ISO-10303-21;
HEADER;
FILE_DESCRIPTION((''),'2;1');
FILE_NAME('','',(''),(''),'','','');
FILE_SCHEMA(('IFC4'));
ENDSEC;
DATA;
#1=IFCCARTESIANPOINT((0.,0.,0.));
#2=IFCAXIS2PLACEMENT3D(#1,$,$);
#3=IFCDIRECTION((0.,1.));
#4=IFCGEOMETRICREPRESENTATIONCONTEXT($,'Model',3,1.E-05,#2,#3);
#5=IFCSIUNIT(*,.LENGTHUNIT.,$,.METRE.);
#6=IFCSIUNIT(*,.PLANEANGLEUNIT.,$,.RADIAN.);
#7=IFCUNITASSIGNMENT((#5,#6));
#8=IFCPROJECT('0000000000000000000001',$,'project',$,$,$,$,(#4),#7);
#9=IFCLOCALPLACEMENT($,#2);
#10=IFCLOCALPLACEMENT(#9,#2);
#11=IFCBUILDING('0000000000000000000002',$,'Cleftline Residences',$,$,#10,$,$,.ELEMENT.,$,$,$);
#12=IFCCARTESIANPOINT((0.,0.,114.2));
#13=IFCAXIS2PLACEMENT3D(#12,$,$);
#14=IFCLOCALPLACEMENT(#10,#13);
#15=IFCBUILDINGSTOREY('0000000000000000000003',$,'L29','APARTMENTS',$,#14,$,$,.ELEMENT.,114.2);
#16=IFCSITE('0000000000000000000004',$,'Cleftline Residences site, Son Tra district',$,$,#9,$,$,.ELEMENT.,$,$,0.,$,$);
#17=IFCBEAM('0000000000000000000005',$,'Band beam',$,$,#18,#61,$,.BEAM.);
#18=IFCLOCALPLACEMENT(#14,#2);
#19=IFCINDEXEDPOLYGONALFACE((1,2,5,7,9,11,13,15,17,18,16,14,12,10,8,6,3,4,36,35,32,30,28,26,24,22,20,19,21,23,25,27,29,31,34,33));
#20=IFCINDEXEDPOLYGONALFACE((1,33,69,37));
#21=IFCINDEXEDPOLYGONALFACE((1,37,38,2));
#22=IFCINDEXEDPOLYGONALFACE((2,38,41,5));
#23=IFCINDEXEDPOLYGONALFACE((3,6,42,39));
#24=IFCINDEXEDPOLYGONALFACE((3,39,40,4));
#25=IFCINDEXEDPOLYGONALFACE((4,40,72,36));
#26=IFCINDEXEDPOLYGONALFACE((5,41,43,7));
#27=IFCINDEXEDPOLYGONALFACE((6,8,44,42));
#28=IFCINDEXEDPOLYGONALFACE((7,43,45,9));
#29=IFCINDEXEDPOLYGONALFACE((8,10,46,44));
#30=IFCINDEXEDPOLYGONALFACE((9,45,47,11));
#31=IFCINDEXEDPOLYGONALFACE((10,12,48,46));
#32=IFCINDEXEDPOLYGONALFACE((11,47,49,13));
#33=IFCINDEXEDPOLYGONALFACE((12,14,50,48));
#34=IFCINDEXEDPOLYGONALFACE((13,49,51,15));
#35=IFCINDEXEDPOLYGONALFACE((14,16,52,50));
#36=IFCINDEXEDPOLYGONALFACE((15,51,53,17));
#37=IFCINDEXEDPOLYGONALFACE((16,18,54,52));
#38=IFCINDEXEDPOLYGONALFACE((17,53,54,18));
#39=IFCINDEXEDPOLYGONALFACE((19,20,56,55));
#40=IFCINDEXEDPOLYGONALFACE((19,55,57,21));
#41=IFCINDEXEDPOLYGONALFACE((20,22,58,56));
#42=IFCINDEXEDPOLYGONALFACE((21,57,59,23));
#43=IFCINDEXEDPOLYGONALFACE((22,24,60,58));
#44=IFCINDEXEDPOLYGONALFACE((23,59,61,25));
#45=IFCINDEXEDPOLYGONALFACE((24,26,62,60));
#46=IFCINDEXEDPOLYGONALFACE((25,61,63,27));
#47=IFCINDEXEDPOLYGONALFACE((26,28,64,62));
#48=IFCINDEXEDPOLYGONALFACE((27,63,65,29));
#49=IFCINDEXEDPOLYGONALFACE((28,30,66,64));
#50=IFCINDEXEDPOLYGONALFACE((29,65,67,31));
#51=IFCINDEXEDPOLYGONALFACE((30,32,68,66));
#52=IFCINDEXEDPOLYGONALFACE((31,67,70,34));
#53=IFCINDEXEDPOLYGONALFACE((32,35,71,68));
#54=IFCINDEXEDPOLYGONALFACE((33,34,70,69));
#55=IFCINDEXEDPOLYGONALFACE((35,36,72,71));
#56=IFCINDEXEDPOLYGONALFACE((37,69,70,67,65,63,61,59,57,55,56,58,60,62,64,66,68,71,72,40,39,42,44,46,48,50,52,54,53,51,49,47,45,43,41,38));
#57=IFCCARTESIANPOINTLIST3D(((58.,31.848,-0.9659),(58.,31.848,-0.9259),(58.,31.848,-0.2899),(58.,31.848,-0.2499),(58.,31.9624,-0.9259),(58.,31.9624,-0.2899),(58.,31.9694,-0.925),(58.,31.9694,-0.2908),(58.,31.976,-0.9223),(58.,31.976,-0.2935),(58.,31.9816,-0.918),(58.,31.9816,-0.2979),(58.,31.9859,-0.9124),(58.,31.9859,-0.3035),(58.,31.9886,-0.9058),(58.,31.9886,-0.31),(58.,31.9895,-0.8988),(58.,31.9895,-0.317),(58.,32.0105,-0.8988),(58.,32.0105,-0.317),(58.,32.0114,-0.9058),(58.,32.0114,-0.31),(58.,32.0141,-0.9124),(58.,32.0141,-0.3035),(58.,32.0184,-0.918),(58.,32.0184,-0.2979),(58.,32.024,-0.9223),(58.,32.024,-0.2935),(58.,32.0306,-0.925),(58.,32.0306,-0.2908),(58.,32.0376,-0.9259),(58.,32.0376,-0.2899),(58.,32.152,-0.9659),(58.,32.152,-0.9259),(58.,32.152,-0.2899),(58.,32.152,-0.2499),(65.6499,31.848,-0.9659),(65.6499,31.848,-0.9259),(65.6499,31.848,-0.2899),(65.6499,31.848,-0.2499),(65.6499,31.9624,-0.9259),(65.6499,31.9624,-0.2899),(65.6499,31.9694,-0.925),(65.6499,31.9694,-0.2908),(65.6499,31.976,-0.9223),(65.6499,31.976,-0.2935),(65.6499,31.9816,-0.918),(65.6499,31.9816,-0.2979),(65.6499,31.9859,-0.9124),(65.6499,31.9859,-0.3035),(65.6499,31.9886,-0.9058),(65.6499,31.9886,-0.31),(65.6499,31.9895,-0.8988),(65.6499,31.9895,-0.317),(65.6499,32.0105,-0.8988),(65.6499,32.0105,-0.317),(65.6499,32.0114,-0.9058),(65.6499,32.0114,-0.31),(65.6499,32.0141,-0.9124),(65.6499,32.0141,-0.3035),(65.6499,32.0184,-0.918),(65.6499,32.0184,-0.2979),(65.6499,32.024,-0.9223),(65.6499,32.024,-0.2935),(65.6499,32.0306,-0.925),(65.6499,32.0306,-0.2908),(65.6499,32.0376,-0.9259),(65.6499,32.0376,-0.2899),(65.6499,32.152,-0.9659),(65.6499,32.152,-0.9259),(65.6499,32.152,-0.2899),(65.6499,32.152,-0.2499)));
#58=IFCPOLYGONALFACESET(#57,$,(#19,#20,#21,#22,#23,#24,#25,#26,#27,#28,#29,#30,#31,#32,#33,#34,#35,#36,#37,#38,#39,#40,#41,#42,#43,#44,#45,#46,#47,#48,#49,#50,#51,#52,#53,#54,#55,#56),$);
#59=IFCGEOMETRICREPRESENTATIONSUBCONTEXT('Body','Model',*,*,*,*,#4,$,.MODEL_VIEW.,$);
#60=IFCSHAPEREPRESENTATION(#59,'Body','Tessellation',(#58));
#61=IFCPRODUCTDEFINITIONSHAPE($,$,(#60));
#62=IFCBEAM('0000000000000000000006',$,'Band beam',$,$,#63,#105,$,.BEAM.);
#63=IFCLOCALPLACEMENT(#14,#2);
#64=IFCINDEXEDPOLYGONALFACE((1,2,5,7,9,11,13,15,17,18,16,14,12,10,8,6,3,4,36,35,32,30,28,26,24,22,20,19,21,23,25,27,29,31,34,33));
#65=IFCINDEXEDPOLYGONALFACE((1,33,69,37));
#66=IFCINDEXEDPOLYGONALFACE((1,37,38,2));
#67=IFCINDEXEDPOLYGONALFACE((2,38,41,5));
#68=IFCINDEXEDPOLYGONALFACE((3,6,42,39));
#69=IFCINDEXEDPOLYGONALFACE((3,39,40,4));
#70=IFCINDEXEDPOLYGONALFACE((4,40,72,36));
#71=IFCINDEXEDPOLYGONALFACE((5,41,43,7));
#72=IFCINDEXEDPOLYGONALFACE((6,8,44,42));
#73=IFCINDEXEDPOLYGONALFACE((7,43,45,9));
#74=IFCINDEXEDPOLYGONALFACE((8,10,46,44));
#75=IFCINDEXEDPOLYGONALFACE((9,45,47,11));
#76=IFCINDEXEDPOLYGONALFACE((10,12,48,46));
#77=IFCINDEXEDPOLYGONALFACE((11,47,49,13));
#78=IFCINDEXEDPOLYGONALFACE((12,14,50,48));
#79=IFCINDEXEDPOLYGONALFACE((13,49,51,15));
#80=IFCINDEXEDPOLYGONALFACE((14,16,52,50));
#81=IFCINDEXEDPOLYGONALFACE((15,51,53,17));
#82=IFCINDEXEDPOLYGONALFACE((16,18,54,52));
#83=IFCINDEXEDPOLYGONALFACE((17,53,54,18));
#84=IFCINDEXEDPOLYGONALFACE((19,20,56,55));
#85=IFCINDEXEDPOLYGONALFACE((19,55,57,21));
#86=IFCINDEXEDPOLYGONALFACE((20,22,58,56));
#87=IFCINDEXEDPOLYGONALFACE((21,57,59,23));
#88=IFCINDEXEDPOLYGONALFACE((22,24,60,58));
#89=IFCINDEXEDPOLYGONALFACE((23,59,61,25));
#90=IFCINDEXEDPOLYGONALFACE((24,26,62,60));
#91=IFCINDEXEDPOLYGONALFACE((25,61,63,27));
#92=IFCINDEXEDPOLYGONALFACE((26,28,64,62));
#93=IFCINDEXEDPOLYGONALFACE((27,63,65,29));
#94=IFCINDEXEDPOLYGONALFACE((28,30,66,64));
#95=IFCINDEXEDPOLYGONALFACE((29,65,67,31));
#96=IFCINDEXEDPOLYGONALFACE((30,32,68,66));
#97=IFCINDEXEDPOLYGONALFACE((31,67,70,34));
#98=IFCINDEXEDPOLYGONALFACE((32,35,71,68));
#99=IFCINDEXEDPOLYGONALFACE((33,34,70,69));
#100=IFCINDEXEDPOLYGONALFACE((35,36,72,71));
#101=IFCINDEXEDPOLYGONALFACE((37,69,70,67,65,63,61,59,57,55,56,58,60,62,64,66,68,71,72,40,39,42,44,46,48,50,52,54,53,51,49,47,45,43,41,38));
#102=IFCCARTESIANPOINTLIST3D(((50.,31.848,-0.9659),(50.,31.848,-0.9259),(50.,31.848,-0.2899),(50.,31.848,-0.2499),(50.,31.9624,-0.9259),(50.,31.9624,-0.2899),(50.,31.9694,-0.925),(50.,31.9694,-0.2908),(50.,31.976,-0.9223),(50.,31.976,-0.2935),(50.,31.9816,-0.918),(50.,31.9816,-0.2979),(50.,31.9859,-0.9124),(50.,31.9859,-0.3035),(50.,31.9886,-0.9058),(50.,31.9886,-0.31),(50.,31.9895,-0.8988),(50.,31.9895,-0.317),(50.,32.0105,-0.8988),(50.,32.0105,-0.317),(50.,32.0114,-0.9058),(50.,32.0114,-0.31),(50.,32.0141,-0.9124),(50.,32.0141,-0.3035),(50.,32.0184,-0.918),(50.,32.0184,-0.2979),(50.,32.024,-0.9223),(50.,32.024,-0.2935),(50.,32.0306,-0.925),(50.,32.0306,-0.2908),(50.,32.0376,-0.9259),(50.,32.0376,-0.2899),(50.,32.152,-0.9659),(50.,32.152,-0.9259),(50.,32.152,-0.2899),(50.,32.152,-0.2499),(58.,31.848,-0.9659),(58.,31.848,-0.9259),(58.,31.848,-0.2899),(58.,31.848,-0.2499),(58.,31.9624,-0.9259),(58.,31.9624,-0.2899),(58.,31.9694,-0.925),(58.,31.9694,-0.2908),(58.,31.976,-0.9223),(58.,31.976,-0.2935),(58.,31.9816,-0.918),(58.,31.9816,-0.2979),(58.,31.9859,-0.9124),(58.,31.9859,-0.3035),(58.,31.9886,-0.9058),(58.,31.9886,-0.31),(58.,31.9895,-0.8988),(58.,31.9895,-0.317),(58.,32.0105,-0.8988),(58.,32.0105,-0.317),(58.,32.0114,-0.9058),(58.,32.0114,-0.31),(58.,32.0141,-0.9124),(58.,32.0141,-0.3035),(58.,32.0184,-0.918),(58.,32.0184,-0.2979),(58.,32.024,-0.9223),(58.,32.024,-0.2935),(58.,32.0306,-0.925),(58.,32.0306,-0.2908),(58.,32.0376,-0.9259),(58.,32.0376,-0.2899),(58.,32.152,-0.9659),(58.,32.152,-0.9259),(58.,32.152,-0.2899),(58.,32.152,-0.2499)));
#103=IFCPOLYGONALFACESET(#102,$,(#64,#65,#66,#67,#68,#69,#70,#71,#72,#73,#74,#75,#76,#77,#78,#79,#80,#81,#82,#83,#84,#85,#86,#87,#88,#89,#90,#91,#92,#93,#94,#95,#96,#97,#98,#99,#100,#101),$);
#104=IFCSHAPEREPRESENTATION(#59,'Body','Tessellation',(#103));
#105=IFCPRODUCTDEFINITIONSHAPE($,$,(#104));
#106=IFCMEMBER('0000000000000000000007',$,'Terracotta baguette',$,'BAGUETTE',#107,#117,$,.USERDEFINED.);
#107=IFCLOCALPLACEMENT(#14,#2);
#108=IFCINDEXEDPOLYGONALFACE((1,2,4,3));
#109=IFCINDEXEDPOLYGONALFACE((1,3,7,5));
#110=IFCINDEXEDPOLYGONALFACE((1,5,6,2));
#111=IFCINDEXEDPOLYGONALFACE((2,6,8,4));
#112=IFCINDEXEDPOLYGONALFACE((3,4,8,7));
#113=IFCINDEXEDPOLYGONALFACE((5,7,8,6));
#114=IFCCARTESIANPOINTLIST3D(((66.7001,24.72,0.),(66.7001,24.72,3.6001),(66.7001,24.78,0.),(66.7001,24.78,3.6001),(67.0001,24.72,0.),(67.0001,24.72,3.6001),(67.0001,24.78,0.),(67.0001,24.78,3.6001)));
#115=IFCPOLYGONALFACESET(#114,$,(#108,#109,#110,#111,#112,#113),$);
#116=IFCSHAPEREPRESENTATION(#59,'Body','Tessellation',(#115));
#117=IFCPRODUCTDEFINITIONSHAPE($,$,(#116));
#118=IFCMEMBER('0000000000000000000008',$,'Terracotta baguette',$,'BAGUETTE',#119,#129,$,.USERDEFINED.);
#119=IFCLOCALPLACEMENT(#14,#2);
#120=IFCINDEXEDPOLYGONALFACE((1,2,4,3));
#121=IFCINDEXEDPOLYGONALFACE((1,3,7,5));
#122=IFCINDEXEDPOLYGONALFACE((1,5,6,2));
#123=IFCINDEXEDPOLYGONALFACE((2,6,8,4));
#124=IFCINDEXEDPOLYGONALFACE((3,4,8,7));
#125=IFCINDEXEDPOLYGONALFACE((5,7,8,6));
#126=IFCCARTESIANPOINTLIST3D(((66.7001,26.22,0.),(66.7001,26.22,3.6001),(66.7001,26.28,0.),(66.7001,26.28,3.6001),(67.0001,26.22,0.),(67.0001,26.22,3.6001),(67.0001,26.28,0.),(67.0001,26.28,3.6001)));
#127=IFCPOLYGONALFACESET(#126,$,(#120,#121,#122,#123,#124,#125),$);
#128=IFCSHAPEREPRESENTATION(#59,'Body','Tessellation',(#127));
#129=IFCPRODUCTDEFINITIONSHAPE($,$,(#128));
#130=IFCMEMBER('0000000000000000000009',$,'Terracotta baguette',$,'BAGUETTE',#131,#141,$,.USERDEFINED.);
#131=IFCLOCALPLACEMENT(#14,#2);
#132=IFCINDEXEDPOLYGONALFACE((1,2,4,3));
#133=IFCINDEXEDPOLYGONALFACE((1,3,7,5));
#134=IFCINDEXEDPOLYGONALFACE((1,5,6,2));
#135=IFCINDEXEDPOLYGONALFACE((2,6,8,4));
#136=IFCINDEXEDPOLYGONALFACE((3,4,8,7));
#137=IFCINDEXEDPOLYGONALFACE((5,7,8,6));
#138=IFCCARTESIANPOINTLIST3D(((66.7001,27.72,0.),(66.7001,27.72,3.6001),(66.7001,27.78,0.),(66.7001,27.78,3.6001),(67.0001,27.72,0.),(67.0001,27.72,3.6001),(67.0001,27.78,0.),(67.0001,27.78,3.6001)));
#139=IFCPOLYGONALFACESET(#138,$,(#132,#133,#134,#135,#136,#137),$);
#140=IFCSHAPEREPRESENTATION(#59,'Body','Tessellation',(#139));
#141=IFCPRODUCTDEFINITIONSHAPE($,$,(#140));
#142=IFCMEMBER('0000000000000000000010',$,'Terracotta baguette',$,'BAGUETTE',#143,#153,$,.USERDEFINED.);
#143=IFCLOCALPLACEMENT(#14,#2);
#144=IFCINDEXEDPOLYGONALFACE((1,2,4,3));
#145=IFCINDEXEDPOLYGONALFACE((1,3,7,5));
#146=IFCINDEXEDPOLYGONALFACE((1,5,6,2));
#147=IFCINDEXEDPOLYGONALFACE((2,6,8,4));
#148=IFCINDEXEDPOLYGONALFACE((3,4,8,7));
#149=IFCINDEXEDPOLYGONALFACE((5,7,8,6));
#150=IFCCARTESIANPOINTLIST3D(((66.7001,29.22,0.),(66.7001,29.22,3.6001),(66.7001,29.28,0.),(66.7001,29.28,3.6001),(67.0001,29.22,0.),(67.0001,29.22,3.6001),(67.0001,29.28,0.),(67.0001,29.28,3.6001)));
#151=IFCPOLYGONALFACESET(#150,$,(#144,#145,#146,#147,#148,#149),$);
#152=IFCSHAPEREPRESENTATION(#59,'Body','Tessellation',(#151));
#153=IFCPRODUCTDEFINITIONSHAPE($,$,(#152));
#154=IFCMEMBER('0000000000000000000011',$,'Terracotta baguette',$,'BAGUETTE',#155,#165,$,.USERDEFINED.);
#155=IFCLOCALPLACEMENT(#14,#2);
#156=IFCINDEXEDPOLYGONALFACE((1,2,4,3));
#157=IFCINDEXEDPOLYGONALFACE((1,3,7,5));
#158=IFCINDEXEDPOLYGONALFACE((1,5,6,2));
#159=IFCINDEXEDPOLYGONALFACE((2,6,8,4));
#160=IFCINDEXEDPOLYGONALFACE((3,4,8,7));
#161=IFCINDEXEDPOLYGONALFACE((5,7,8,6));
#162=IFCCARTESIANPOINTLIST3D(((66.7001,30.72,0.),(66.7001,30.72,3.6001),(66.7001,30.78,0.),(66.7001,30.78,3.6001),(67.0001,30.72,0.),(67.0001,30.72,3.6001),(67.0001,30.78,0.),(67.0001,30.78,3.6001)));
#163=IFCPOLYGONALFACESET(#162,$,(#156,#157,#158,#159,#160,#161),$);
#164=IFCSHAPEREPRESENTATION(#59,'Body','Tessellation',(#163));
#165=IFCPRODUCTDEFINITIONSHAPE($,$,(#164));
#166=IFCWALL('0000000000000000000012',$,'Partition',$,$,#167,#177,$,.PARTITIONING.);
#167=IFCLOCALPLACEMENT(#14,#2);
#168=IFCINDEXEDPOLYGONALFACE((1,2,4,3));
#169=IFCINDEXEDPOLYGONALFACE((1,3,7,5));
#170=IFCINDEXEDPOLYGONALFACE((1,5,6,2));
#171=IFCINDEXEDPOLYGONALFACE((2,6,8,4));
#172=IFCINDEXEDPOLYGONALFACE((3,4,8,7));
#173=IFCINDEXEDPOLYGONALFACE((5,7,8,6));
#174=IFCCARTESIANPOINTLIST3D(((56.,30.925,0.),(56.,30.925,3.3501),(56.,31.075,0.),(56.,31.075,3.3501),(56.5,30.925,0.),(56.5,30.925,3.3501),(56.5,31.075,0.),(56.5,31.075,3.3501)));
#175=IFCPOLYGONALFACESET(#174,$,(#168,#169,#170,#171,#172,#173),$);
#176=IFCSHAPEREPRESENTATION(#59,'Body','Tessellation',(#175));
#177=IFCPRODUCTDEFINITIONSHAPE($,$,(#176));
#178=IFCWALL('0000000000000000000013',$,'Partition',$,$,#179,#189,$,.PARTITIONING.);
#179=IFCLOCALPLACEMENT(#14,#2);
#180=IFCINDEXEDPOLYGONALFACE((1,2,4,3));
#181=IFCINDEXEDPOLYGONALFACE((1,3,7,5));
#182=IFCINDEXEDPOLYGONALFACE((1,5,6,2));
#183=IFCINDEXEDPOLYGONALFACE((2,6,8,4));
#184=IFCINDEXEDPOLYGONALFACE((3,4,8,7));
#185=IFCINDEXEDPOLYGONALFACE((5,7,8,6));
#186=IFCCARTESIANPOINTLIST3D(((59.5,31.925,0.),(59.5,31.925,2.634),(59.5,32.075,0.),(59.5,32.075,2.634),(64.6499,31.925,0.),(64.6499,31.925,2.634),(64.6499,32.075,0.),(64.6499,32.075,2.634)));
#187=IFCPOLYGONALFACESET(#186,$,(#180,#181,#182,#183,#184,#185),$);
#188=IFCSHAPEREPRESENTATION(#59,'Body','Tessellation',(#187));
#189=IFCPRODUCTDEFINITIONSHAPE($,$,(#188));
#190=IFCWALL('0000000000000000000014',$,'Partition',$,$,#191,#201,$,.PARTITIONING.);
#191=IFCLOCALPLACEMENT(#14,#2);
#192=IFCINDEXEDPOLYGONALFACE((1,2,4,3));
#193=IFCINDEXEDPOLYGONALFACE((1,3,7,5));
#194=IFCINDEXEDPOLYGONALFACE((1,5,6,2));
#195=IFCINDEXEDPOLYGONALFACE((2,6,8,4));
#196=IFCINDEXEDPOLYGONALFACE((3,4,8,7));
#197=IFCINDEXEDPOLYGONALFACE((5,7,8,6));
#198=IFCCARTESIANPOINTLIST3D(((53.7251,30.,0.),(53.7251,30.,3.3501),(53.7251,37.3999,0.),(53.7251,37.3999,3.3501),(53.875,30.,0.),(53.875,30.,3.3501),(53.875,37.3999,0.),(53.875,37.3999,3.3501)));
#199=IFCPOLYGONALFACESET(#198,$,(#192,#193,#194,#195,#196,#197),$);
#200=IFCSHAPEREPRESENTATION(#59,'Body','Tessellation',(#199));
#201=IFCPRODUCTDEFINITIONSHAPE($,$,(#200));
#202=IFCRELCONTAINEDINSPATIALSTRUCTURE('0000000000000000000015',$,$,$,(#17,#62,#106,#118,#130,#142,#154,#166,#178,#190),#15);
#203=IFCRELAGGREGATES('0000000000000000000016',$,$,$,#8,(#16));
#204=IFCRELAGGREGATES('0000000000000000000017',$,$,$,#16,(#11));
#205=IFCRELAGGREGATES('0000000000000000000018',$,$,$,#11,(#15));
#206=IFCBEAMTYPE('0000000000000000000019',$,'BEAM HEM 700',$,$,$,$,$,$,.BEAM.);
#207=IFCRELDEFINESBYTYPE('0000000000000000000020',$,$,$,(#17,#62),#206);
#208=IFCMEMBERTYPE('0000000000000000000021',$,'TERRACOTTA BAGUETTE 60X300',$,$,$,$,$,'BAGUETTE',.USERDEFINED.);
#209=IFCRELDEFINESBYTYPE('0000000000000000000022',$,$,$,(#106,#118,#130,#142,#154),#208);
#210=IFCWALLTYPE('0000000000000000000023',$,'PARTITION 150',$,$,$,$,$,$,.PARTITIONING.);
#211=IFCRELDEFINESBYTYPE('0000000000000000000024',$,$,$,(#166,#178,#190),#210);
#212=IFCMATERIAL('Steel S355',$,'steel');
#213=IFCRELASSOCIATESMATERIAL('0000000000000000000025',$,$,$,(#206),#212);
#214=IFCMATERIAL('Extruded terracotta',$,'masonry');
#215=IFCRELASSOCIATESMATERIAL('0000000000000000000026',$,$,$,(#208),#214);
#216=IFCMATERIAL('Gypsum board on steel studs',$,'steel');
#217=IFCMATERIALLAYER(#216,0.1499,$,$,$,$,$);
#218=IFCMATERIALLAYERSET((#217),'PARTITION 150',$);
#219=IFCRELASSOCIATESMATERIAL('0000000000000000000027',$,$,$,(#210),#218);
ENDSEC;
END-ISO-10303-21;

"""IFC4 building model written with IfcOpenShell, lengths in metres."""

from ifc_helpers import new_model, si_unit, direction, frame, frame_2d, origin, origin_2d, place, context, subcontext, project, spatial, rectangle, i_section, extrude, material, layer, layer_set, material_profile, profile_set, type_object, element, save


model = new_model("IFC4")

# Units and contexts
model_context = context("Model", 3, precision=1e-05, world=origin(), true_north=direction((0.0, 1.0)))
body_context = subcontext(model_context, "Body", "Model", "MODEL_VIEW")
ifc_project = project(units=[si_unit("LENGTHUNIT", "METRE"), si_unit("PLANEANGLEUNIT", "RADIAN")], contexts=[model_context])

# Site, building, storey
site_placement = place(None, origin())
site = spatial("IfcSite", under=ifc_project, at=site_placement, Name="Cleftline Residences site, Son Tra district", CompositionType="ELEMENT", RefElevation=0.0)
building_placement = place(site_placement, origin())
building = spatial("IfcBuilding", under=site, at=building_placement, Name="Cleftline Residences", CompositionType="ELEMENT")
storey_placement = place(building_placement, frame((0.0, 0.0, 114.2)))
storey = spatial("IfcBuildingStorey", under=building, at=storey_placement, Name="L29", Description="APARTMENTS", CompositionType="ELEMENT", Elevation=114.2)

# Beams
ifc_material_1 = material(Name="Steel S355", Category="steel")
ifc_material_profile_1 = material_profile(ifc_material_1, i_section(OverallWidth=0.304, OverallDepth=0.7161, WebThickness=0.021, FlangeThickness=0.04, FilletRadius=0.0271, at=origin_2d()))
ifc_profile_set_1 = profile_set([ifc_material_profile_1], Name="Steel S355")
beam_type_1 = type_object("IfcBeamType", Name="BEAM HEM 700", PredefinedType="BEAM", material=ifc_profile_set_1)
beam_1_placement = place(storey_placement, frame((65.6499, 32.0, -0.6079), z_axis=(-1.0, 0.0, 0.0), x_axis=(0.0, -1.0, 0.0)))
element("IfcBeam", 1, at=beam_1_placement, inside=storey, type_object=beam_type_1, Name="Band beam", PredefinedType="BEAM", context=body_context, shape_type="SweptSolid", body=[
    extrude(i_section(OverallWidth=0.304, OverallDepth=0.7161, WebThickness=0.021, FlangeThickness=0.04, FilletRadius=0.0271, at=origin_2d()), origin(), (0.0, 0.0, 1.0), 7.6499),
])
beam_2_placement = place(storey_placement, frame((58.0, 32.0, -0.6079), z_axis=(-1.0, 0.0, 0.0), x_axis=(0.0, -1.0, 0.0)))
element("IfcBeam", 2, at=beam_2_placement, inside=storey, type_object=beam_type_1, Name="Band beam", PredefinedType="BEAM", context=body_context, shape_type="SweptSolid", body=[
    extrude(i_section(OverallWidth=0.304, OverallDepth=0.7161, WebThickness=0.021, FlangeThickness=0.04, FilletRadius=0.0271, at=origin_2d()), origin(), (0.0, 0.0, 1.0), 8.0),
])

# Members
ifc_material_2 = material(Name="Extruded terracotta", Category="masonry")
ifc_material_profile_2 = material_profile(ifc_material_2, rectangle(XDim=0.0601, YDim=0.3, at=origin_2d()))
ifc_profile_set_2 = profile_set([ifc_material_profile_2], Name="Extruded terracotta")
member_type_1 = type_object("IfcMemberType", Name="TERRACOTTA BAGUETTE 60X300", ElementType="BAGUETTE", PredefinedType="USERDEFINED", material=ifc_profile_set_2)
for number, where, z_axis, x_axis, name in (
    (3, (66.8501, 24.75, 0.0), (0.0, 0.0, 1.0), (0.0, 1.0, 0.0), "Terracotta baguette"),
    (4, (66.8501, 26.25, 0.0), (0.0, 0.0, 1.0), (0.0, 1.0, 0.0), "Terracotta baguette"),
    (5, (66.8501, 27.75, 0.0), (0.0, 0.0, 1.0), (0.0, 1.0, 0.0), "Terracotta baguette"),
    (6, (66.8501, 29.25, 0.0), (0.0, 0.0, 1.0), (0.0, 1.0, 0.0), "Terracotta baguette"),
    (7, (66.8501, 30.75, 0.0), (0.0, 0.0, 1.0), (0.0, 1.0, 0.0), "Terracotta baguette"),
):
    element("IfcMember", number, at=place(storey_placement, frame(where, z_axis=z_axis, x_axis=x_axis)), inside=storey, type_object=member_type_1, Name=name, ObjectType="BAGUETTE", PredefinedType="USERDEFINED", context=body_context, shape_type="SweptSolid", body=[
        extrude(rectangle(XDim=0.0601, YDim=0.3, at=origin_2d()), origin(), (0.0, 0.0, 1.0), 3.6001),
    ])

# Walls
ifc_material_3 = material(Name="Gypsum board on steel studs", Category="steel")
ifc_layer_1 = layer(ifc_material_3, 0.1499)
ifc_layer_set_1 = layer_set([ifc_layer_1], Name="PARTITION 150")
wall_type_1 = type_object("IfcWallType", Name="PARTITION 150", PredefinedType="PARTITIONING", material=ifc_layer_set_1)
wall_1_placement = place(storey_placement, frame((56.0, 31.0, 0.0), z_axis=(0.0, 0.0, 1.0), x_axis=(1.0, 0.0, 0.0)))
element("IfcWall", 8, at=wall_1_placement, inside=storey, type_object=wall_type_1, Name="Partition", PredefinedType="PARTITIONING", context=body_context, shape_type="SweptSolid", body=[
    extrude(rectangle(XDim=0.5, YDim=0.1499, at=frame_2d((0.25, 0.0))), origin(), (0.0, 0.0, 1.0), 3.3501),
])
wall_2_placement = place(storey_placement, frame((59.5, 32.0, 0.0), z_axis=(0.0, 0.0, 1.0), x_axis=(1.0, 0.0, 0.0)))
element("IfcWall", 9, at=wall_2_placement, inside=storey, type_object=wall_type_1, Name="Partition", PredefinedType="PARTITIONING", context=body_context, shape_type="SweptSolid", body=[
    extrude(rectangle(XDim=5.1499, YDim=0.1499, at=frame_2d((2.575, 0.0))), origin(), (0.0, 0.0, 1.0), 2.634),
])
wall_3_placement = place(storey_placement, frame((53.8, 30.0, 0.0), z_axis=(0.0, 0.0, 1.0), x_axis=(0.0, 1.0, 0.0)))
element("IfcWall", 10, at=wall_3_placement, inside=storey, type_object=wall_type_1, Name="Partition", PredefinedType="PARTITIONING", context=body_context, shape_type="SweptSolid", body=[
    extrude(rectangle(XDim=7.3999, YDim=0.1499, at=frame_2d((3.7, 0.0))), origin(), (0.0, 0.0, 1.0), 3.3501),
])

save(model, "model.ifc")
